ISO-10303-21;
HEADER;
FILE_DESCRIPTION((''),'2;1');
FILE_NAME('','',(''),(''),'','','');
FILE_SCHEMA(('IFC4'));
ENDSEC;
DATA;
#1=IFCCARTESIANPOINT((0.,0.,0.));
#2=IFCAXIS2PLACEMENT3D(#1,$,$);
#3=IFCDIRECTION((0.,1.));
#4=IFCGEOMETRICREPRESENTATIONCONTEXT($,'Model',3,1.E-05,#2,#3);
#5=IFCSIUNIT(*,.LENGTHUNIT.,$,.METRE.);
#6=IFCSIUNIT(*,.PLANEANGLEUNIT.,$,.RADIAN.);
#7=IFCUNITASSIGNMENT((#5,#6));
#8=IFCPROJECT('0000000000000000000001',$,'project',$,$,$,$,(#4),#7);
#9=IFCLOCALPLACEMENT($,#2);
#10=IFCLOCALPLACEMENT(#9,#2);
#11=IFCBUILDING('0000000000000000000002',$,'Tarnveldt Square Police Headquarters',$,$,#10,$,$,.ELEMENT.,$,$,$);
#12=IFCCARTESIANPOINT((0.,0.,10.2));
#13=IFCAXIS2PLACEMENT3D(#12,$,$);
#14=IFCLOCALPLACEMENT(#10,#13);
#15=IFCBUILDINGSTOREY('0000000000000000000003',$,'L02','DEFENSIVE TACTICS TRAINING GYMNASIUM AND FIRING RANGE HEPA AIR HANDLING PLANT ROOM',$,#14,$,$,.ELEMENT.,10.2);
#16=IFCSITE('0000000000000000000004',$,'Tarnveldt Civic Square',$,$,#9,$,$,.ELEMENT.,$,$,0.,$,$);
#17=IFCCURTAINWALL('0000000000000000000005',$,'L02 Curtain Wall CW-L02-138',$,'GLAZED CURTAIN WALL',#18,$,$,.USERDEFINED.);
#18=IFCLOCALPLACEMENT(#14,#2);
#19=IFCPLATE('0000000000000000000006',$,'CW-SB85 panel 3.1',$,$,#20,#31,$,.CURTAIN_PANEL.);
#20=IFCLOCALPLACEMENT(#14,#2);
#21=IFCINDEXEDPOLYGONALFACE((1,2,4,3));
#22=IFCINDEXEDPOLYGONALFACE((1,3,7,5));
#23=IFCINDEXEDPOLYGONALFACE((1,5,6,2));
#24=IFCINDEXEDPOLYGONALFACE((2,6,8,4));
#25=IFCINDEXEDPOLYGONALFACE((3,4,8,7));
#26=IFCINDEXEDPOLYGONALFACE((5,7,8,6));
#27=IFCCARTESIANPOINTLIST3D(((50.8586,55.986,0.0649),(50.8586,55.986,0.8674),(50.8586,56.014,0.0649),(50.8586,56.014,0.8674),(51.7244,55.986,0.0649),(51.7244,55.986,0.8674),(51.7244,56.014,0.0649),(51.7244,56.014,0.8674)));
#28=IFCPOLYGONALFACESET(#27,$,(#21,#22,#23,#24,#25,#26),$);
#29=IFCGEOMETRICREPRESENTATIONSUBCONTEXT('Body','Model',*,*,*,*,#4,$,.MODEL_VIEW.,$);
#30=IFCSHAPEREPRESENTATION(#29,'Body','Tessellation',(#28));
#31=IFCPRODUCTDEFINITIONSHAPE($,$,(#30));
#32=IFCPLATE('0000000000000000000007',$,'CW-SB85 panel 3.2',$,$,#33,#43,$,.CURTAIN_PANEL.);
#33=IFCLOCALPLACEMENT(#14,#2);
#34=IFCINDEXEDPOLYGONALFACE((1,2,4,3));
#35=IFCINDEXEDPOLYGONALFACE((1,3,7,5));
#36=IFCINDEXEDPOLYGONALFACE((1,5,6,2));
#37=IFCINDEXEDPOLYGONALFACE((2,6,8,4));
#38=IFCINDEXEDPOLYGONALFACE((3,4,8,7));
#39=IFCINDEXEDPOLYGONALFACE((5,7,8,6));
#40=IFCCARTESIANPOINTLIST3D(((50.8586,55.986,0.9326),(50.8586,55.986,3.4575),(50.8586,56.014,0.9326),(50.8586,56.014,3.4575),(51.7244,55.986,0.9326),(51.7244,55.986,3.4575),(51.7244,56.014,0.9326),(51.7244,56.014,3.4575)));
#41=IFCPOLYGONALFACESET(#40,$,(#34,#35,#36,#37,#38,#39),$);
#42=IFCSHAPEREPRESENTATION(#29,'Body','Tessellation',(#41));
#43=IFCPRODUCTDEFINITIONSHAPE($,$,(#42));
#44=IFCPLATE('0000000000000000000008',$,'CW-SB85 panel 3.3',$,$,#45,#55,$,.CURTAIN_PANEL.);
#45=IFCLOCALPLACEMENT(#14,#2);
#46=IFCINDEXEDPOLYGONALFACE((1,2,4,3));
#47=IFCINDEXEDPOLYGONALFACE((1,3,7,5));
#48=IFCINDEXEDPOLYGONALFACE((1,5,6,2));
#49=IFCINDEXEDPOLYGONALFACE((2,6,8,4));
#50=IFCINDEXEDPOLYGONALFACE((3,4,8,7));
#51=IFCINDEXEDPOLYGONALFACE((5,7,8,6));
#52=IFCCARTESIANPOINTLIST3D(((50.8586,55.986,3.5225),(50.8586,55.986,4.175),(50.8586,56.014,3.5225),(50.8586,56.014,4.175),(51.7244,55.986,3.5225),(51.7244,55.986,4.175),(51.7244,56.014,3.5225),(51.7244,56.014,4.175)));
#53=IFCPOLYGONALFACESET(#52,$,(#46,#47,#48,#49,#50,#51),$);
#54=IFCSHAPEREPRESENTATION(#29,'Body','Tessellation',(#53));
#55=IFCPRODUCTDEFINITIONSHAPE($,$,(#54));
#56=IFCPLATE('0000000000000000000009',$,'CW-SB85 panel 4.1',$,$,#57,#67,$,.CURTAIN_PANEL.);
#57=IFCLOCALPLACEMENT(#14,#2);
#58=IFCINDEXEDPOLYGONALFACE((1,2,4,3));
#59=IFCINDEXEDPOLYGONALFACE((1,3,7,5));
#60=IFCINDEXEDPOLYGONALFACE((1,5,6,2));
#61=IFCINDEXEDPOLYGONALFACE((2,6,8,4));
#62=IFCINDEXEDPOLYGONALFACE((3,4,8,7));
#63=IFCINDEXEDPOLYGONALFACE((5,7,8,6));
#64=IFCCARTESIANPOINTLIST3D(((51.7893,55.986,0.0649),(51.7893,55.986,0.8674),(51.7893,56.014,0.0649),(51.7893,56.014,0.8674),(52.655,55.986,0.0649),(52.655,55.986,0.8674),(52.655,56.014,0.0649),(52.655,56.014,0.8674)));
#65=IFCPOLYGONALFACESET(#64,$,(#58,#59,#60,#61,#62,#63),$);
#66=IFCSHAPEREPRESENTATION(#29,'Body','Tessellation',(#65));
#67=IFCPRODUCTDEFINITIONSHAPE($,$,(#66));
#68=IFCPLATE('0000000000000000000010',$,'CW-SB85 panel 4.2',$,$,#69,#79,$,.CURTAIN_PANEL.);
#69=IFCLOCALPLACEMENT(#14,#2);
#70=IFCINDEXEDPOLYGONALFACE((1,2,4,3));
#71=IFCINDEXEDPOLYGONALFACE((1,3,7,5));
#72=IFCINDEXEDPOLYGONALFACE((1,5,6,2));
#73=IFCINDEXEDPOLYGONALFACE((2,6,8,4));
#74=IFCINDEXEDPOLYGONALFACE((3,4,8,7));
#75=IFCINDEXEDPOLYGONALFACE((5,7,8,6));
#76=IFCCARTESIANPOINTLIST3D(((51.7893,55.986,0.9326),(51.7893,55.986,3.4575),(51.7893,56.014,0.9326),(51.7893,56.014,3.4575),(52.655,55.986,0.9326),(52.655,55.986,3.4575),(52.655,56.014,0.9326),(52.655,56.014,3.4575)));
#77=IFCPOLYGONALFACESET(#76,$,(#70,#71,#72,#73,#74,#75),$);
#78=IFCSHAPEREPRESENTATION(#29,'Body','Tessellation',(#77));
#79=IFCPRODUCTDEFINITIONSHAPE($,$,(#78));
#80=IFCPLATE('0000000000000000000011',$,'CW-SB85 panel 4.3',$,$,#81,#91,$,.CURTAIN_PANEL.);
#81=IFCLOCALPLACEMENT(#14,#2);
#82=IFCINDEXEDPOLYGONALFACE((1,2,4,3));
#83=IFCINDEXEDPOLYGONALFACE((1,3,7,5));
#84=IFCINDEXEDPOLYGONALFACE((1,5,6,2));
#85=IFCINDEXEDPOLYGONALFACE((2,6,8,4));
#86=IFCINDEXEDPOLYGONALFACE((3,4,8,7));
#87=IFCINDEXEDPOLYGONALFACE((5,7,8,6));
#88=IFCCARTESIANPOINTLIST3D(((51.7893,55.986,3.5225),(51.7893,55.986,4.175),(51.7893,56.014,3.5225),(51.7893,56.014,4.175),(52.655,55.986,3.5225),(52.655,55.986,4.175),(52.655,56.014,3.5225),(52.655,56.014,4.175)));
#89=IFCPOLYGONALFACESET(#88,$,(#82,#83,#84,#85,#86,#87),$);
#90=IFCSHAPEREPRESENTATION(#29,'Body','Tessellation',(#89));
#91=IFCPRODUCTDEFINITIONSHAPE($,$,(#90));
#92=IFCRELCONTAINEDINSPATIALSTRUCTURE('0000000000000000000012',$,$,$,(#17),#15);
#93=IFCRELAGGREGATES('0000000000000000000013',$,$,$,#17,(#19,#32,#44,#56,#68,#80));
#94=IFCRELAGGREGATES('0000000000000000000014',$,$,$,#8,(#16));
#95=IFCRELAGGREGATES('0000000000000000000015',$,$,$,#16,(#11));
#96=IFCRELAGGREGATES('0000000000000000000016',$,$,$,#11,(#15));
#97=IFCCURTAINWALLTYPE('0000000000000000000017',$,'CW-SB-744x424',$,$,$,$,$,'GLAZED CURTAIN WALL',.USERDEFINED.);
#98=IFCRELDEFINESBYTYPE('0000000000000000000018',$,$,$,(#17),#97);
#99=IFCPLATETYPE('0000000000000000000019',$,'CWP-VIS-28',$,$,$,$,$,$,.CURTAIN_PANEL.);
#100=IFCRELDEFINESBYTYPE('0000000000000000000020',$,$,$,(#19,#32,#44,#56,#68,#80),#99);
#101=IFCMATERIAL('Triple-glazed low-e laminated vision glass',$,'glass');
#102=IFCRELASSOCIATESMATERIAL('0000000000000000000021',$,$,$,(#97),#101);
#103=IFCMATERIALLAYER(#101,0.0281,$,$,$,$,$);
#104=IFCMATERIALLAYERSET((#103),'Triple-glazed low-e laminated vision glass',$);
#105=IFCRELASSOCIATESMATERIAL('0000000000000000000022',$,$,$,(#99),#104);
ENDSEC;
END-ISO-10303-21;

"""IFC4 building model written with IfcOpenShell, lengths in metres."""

from ifc_helpers import new_model, si_unit, direction, frame, origin, origin_2d, place, context, subcontext, project, spatial, rectangle, extrude, material, layer, layer_set, type_object, element, aggregate, save


model = new_model("IFC4")

# Units and contexts
model_context = context("Model", 3, precision=1e-05, world=origin(), true_north=direction((0.0, 1.0)))
body_context = subcontext(model_context, "Body", "Model", "MODEL_VIEW")
ifc_project = project(units=[si_unit("LENGTHUNIT", "METRE"), si_unit("PLANEANGLEUNIT", "RADIAN")], contexts=[model_context])

# Site, building, storey
site_placement = place(None, origin())
site = spatial("IfcSite", under=ifc_project, at=site_placement, Name="Tarnveldt Civic Square", CompositionType="ELEMENT", RefElevation=0.0)
building_placement = place(site_placement, origin())
building = spatial("IfcBuilding", under=site, at=building_placement, Name="Tarnveldt Square Police Headquarters", CompositionType="ELEMENT")
storey_placement = place(building_placement, frame((0.0, 0.0, 10.2)))
storey = spatial("IfcBuildingStorey", under=building, at=storey_placement, Name="L02", Description="DEFENSIVE TACTICS TRAINING GYMNASIUM AND FIRING RANGE HEPA AIR HANDLING PLANT ROOM", CompositionType="ELEMENT", Elevation=10.2)

# Curtain wall, plates
ifc_material_1 = material(Name="Triple-glazed low-e laminated vision glass", Category="glass")
curtain_wall_type = type_object("IfcCurtainWallType", Name="CW-SB-744x424", ElementType="GLAZED CURTAIN WALL", PredefinedType="USERDEFINED", material=ifc_material_1)
curtain_wall_placement = place(storey_placement, origin())
curtain_wall = element("IfcCurtainWall", 1, at=curtain_wall_placement, inside=storey, type_object=curtain_wall_type, Name="L02 Curtain Wall CW-L02-138", ObjectType="GLAZED CURTAIN WALL", PredefinedType="USERDEFINED")
ifc_layer = layer(ifc_material_1, 0.0281)
ifc_layer_set = layer_set([ifc_layer], Name="Triple-glazed low-e laminated vision glass")
plate_type = type_object("IfcPlateType", Name="CWP-VIS-28", PredefinedType="CURTAIN_PANEL", material=ifc_layer_set)
plate_1_placement = place(storey_placement, frame((51.2915, 56.0, 0.0649), z_axis=(0.0, 0.0, 1.0), x_axis=(1.0, 0.0, 0.0)))
plate_1 = element("IfcPlate", 2, at=plate_1_placement, type_object=plate_type, Name="CW-SB85 panel 3.1", PredefinedType="CURTAIN_PANEL", context=body_context, shape_type="SweptSolid", body=[
    extrude(rectangle(XDim=0.8657, YDim=0.0281, at=origin_2d()), origin(), (0.0, 0.0, 1.0), 0.8025),
])
plate_2_placement = place(storey_placement, frame((51.2915, 56.0, 0.9326), z_axis=(0.0, 0.0, 1.0), x_axis=(1.0, 0.0, 0.0)))
plate_2 = element("IfcPlate", 3, at=plate_2_placement, type_object=plate_type, Name="CW-SB85 panel 3.2", PredefinedType="CURTAIN_PANEL", context=body_context, shape_type="SweptSolid", body=[
    extrude(rectangle(XDim=0.8657, YDim=0.0281, at=origin_2d()), origin(), (0.0, 0.0, 1.0), 2.5249),
])
plate_3_placement = place(storey_placement, frame((51.2915, 56.0, 3.5225), z_axis=(0.0, 0.0, 1.0), x_axis=(1.0, 0.0, 0.0)))
plate_3 = element("IfcPlate", 4, at=plate_3_placement, type_object=plate_type, Name="CW-SB85 panel 3.3", PredefinedType="CURTAIN_PANEL", context=body_context, shape_type="SweptSolid", body=[
    extrude(rectangle(XDim=0.8657, YDim=0.0281, at=origin_2d()), origin(), (0.0, 0.0, 1.0), 0.6526),
])
plate_4_placement = place(storey_placement, frame((52.2222, 56.0, 0.0649), z_axis=(0.0, 0.0, 1.0), x_axis=(1.0, 0.0, 0.0)))
plate_4 = element("IfcPlate", 5, at=plate_4_placement, type_object=plate_type, Name="CW-SB85 panel 4.1", PredefinedType="CURTAIN_PANEL", context=body_context, shape_type="SweptSolid", body=[
    extrude(rectangle(XDim=0.8657, YDim=0.0281, at=origin_2d()), origin(), (0.0, 0.0, 1.0), 0.8025),
])
plate_5_placement = place(storey_placement, frame((52.2222, 56.0, 0.9326), z_axis=(0.0, 0.0, 1.0), x_axis=(1.0, 0.0, 0.0)))
plate_5 = element("IfcPlate", 6, at=plate_5_placement, type_object=plate_type, Name="CW-SB85 panel 4.2", PredefinedType="CURTAIN_PANEL", context=body_context, shape_type="SweptSolid", body=[
    extrude(rectangle(XDim=0.8657, YDim=0.0281, at=origin_2d()), origin(), (0.0, 0.0, 1.0), 2.5249),
])
plate_6_placement = place(storey_placement, frame((52.2222, 56.0, 3.5225), z_axis=(0.0, 0.0, 1.0), x_axis=(1.0, 0.0, 0.0)))
plate_6 = element("IfcPlate", 7, at=plate_6_placement, type_object=plate_type, Name="CW-SB85 panel 4.3", PredefinedType="CURTAIN_PANEL", context=body_context, shape_type="SweptSolid", body=[
    extrude(rectangle(XDim=0.8657, YDim=0.0281, at=origin_2d()), origin(), (0.0, 0.0, 1.0), 0.6526),
])
aggregate(curtain_wall, [plate_1, plate_2, plate_3, plate_4, plate_5, plate_6])

save(model, "model.ifc")
